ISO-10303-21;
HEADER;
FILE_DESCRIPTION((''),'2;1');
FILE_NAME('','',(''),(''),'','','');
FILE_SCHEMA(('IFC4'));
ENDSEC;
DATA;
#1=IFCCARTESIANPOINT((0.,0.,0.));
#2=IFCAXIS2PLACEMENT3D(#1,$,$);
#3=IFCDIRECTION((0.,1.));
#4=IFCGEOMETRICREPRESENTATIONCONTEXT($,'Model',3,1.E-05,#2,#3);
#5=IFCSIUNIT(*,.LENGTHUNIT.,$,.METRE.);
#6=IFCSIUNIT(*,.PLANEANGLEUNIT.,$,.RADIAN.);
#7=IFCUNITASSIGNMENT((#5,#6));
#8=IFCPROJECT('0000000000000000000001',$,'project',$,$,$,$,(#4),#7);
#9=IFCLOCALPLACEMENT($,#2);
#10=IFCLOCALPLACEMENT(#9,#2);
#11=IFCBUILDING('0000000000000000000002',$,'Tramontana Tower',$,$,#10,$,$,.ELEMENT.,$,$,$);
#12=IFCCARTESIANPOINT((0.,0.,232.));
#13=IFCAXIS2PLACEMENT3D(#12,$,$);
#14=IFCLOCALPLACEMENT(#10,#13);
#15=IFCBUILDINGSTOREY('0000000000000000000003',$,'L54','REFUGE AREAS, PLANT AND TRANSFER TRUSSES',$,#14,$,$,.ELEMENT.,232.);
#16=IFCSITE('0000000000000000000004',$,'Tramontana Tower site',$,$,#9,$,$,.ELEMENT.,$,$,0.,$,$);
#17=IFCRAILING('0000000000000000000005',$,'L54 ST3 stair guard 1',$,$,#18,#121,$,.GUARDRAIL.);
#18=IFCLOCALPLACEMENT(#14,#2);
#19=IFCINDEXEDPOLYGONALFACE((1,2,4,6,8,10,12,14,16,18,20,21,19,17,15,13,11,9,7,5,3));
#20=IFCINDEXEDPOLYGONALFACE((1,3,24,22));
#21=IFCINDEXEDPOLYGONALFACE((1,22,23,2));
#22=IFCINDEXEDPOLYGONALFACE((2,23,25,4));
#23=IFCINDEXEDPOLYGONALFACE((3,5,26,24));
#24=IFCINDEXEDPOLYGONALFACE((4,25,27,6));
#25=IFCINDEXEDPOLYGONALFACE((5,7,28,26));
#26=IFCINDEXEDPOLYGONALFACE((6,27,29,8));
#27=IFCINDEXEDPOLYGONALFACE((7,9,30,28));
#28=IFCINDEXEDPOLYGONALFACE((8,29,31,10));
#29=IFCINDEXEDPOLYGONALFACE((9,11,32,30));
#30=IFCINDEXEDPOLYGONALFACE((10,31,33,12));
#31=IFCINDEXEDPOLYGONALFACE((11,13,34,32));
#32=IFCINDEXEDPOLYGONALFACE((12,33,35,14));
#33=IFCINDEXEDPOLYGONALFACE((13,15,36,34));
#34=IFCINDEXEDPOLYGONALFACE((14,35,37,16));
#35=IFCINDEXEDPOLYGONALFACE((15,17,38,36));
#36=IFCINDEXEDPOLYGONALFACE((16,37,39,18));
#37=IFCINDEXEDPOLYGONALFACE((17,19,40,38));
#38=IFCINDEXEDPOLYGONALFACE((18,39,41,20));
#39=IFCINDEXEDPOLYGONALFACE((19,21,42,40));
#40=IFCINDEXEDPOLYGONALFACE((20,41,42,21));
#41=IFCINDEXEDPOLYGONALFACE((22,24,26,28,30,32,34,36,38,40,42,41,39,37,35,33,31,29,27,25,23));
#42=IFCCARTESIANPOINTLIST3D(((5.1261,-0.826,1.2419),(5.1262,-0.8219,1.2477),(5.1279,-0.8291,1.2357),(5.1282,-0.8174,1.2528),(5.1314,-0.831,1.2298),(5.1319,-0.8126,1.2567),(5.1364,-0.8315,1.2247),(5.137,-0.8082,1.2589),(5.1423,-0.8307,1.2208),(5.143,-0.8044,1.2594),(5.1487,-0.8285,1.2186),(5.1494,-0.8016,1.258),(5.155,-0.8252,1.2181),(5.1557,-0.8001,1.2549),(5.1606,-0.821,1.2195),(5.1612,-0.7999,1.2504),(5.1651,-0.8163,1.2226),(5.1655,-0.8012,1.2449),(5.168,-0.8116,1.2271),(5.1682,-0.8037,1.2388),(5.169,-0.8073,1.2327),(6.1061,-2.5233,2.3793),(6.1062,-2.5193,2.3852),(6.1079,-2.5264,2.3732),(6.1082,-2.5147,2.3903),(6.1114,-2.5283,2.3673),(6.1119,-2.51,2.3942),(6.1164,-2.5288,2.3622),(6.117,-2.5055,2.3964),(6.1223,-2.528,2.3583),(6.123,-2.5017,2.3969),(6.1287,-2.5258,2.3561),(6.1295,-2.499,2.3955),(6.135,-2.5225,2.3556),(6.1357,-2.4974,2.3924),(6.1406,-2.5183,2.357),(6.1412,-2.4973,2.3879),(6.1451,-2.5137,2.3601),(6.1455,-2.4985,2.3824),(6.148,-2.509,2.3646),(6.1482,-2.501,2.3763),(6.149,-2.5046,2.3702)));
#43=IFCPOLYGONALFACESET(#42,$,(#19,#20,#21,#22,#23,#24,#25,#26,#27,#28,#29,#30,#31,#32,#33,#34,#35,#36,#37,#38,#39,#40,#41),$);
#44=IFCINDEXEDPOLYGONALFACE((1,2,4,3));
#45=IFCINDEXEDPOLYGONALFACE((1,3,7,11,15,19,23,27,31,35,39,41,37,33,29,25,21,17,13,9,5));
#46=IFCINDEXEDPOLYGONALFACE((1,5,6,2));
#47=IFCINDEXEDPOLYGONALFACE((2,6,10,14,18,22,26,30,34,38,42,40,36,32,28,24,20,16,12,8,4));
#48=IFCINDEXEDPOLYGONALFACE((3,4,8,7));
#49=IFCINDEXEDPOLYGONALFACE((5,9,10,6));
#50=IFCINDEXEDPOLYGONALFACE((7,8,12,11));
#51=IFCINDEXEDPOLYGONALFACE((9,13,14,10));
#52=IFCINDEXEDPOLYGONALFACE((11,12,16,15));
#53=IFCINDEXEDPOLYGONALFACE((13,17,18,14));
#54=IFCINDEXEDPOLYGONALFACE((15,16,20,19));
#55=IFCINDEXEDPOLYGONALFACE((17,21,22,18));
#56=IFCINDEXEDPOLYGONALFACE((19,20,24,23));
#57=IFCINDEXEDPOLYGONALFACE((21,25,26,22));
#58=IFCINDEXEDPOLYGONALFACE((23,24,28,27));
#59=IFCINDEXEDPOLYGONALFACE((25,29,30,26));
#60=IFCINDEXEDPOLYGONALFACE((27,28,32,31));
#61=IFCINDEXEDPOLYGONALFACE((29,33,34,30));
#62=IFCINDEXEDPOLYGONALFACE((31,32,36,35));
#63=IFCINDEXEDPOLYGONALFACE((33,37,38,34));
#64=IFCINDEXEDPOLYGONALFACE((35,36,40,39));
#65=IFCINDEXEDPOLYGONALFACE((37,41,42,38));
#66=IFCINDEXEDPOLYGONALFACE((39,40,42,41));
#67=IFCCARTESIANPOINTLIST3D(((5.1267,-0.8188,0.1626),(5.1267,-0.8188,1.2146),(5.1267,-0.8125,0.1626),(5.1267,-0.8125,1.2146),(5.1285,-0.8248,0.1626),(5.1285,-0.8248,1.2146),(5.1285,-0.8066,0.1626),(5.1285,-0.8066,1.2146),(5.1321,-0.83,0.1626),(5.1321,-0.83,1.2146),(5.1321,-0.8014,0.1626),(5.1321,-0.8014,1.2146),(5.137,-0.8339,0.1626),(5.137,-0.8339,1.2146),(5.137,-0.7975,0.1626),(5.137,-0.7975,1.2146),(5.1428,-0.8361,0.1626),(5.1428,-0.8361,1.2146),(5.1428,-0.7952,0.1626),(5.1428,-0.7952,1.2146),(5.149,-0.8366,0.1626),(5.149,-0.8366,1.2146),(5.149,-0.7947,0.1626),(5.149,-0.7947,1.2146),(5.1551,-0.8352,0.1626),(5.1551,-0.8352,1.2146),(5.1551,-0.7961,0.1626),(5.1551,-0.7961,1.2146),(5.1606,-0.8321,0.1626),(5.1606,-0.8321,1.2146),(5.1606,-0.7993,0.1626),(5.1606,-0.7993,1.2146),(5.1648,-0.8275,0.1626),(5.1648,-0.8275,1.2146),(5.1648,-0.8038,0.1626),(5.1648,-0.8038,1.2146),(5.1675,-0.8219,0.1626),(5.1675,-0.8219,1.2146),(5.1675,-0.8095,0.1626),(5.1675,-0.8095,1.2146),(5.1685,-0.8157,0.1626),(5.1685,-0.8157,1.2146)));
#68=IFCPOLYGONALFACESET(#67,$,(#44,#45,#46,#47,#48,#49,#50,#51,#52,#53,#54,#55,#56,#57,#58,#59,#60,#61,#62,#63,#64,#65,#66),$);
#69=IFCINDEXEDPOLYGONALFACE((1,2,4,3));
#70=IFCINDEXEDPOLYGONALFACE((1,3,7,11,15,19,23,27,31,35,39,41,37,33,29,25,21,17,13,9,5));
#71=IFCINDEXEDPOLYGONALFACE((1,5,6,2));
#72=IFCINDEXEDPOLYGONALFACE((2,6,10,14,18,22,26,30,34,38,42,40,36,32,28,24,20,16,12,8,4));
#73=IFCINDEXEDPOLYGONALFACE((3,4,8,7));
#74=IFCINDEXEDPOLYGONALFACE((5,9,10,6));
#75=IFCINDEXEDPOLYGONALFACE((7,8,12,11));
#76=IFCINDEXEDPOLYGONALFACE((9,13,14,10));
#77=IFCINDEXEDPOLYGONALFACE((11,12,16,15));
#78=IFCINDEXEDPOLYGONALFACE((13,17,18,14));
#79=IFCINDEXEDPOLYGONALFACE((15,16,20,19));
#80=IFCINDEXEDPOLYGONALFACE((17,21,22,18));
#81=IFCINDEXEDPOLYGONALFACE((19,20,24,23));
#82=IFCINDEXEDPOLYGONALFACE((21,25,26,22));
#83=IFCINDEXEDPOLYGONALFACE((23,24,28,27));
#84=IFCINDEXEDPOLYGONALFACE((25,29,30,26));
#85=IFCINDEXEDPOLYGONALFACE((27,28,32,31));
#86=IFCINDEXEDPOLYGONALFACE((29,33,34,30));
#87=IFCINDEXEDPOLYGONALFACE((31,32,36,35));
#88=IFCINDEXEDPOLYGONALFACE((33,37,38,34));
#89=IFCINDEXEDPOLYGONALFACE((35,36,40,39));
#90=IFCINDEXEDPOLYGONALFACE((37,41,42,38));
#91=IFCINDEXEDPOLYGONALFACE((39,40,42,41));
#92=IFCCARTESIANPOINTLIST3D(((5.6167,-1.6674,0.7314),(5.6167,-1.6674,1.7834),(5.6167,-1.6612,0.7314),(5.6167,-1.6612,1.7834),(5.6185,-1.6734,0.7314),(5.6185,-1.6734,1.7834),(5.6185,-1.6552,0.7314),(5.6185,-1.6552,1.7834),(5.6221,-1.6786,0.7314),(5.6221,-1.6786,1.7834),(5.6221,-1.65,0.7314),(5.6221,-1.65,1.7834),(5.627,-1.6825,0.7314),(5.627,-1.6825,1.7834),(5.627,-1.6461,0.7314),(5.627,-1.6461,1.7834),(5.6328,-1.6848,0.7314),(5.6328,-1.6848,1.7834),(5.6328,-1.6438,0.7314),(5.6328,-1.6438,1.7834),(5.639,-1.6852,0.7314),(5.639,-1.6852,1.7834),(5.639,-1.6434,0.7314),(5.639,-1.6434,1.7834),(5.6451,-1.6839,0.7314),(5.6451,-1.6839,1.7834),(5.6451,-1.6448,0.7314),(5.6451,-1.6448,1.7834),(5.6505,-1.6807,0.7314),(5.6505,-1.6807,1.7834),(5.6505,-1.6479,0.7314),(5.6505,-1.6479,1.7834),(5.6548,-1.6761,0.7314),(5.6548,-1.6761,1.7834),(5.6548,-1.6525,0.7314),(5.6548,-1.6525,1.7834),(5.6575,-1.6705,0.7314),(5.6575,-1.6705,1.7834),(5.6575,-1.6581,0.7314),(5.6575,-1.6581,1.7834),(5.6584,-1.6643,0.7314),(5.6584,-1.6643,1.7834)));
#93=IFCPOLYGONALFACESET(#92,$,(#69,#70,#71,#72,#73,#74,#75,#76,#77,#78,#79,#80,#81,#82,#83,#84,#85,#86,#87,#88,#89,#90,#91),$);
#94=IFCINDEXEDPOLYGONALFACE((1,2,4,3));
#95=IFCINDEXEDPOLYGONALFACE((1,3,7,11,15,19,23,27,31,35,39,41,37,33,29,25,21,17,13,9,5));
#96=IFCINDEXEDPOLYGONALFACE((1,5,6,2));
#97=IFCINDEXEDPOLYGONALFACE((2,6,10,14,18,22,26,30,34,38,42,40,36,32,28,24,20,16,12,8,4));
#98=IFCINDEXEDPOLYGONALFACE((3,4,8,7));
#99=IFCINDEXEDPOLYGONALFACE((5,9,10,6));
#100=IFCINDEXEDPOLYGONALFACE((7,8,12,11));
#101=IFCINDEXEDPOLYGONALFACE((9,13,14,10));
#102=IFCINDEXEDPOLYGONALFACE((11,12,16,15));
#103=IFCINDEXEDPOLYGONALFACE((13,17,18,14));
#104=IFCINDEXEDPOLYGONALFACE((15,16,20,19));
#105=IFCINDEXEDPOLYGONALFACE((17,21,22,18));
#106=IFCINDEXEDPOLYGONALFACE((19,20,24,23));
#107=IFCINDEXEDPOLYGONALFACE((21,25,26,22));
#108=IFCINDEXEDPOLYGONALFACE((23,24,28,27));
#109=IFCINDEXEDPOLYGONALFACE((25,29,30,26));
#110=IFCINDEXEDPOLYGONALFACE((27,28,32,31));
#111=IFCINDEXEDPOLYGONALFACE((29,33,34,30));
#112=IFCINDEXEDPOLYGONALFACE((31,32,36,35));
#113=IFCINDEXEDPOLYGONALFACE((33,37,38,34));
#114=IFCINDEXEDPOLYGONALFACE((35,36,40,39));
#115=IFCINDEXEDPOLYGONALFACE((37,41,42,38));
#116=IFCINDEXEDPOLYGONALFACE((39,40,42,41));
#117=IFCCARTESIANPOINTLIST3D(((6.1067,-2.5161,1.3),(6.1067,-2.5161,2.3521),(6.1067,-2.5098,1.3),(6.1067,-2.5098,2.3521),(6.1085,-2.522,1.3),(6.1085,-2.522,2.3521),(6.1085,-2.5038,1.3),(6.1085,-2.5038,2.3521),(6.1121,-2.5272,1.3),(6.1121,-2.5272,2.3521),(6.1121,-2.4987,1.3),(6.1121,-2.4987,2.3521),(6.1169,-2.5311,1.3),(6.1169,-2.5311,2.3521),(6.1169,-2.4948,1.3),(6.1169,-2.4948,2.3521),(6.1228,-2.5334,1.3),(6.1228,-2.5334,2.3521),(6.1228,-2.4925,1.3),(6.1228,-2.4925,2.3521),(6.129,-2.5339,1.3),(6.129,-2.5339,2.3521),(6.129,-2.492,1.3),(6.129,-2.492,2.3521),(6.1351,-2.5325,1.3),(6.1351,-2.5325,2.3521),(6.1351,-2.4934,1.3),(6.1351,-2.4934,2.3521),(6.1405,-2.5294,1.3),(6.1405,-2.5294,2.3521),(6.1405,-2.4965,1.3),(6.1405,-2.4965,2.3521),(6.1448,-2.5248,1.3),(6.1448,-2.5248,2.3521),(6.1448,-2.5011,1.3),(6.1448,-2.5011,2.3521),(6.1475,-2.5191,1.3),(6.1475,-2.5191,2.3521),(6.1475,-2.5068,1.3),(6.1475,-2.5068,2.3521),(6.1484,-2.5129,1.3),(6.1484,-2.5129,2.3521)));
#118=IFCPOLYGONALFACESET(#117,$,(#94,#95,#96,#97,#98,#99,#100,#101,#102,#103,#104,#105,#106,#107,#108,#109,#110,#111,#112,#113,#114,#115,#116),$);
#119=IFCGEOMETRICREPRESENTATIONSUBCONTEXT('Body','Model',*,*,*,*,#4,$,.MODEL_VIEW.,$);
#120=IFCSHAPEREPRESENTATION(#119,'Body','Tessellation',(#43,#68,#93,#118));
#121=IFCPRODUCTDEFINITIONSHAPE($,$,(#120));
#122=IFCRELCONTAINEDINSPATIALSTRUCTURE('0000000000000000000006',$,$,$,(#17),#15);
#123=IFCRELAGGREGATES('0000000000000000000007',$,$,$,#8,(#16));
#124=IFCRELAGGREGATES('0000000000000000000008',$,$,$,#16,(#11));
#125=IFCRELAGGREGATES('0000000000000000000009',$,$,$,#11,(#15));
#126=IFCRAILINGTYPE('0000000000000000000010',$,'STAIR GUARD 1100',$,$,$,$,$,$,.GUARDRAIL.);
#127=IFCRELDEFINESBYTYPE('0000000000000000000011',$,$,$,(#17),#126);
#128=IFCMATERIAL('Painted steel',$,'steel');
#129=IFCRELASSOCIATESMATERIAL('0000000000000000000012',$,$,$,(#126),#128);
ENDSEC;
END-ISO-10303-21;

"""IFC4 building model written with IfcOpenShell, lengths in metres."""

from ifc_helpers import new_model, si_unit, direction, frame, origin, origin_2d, place, context, subcontext, project, spatial, circle, extrude, material, type_object, element, save


model = new_model("IFC4")

# Units and contexts
model_context = context("Model", 3, precision=1e-05, world=origin(), true_north=direction((0.0, 1.0)))
body_context = subcontext(model_context, "Body", "Model", "MODEL_VIEW")
ifc_project = project(units=[si_unit("LENGTHUNIT", "METRE"), si_unit("PLANEANGLEUNIT", "RADIAN")], contexts=[model_context])

# Site, building, storey
site_placement = place(None, origin())
site = spatial("IfcSite", under=ifc_project, at=site_placement, Name="Tramontana Tower site", CompositionType="ELEMENT", RefElevation=0.0)
building_placement = place(site_placement, origin())
building = spatial("IfcBuilding", under=site, at=building_placement, Name="Tramontana Tower", CompositionType="ELEMENT")
storey_placement = place(building_placement, frame((0.0, 0.0, 232.0)))
storey = spatial("IfcBuildingStorey", under=building, at=storey_placement, Name="L54", Description="REFUGE AREAS, PLANT AND TRANSFER TRUSSES", CompositionType="ELEMENT", Elevation=232.0)

# Railing
ifc_material_1 = material(Name="Painted steel", Category="steel")
railing_type_1 = type_object("IfcRailingType", Name="STAIR GUARD 1100", PredefinedType="GUARDRAIL", material=ifc_material_1)
railing_1_placement = place(storey_placement, frame((5.1475, -0.8157, 0.1626)))
element("IfcRailing", 1, at=railing_1_placement, inside=storey, type_object=railing_type_1, Name="L54 ST3 stair guard 1", PredefinedType="GUARDRAIL", context=body_context, shape_type="SweptSolid", body=[
    extrude(circle(Radius=0.0239, at=origin_2d()), frame((0.0, 0.0, 1.0762), z_axis=(0.432467, -0.749006, 0.501959), x_axis=(0.866011, 0.500024, 0.0)), (0.0, 0.0, 1.0), 2.2661),
    extrude(circle(Radius=0.021, at=origin_2d()), origin(), (0.0, 0.0, 1.0), 1.052),
    extrude(circle(Radius=0.021, at=origin_2d()), frame((0.49, -0.8486, 0.5688)), (0.0, 0.0, 1.0), 1.052),
    extrude(circle(Radius=0.021, at=origin_2d()), frame((0.98, -1.6973, 1.1375)), (0.0, 0.0, 1.0), 1.052),
])

save(model, "model.ifc")
